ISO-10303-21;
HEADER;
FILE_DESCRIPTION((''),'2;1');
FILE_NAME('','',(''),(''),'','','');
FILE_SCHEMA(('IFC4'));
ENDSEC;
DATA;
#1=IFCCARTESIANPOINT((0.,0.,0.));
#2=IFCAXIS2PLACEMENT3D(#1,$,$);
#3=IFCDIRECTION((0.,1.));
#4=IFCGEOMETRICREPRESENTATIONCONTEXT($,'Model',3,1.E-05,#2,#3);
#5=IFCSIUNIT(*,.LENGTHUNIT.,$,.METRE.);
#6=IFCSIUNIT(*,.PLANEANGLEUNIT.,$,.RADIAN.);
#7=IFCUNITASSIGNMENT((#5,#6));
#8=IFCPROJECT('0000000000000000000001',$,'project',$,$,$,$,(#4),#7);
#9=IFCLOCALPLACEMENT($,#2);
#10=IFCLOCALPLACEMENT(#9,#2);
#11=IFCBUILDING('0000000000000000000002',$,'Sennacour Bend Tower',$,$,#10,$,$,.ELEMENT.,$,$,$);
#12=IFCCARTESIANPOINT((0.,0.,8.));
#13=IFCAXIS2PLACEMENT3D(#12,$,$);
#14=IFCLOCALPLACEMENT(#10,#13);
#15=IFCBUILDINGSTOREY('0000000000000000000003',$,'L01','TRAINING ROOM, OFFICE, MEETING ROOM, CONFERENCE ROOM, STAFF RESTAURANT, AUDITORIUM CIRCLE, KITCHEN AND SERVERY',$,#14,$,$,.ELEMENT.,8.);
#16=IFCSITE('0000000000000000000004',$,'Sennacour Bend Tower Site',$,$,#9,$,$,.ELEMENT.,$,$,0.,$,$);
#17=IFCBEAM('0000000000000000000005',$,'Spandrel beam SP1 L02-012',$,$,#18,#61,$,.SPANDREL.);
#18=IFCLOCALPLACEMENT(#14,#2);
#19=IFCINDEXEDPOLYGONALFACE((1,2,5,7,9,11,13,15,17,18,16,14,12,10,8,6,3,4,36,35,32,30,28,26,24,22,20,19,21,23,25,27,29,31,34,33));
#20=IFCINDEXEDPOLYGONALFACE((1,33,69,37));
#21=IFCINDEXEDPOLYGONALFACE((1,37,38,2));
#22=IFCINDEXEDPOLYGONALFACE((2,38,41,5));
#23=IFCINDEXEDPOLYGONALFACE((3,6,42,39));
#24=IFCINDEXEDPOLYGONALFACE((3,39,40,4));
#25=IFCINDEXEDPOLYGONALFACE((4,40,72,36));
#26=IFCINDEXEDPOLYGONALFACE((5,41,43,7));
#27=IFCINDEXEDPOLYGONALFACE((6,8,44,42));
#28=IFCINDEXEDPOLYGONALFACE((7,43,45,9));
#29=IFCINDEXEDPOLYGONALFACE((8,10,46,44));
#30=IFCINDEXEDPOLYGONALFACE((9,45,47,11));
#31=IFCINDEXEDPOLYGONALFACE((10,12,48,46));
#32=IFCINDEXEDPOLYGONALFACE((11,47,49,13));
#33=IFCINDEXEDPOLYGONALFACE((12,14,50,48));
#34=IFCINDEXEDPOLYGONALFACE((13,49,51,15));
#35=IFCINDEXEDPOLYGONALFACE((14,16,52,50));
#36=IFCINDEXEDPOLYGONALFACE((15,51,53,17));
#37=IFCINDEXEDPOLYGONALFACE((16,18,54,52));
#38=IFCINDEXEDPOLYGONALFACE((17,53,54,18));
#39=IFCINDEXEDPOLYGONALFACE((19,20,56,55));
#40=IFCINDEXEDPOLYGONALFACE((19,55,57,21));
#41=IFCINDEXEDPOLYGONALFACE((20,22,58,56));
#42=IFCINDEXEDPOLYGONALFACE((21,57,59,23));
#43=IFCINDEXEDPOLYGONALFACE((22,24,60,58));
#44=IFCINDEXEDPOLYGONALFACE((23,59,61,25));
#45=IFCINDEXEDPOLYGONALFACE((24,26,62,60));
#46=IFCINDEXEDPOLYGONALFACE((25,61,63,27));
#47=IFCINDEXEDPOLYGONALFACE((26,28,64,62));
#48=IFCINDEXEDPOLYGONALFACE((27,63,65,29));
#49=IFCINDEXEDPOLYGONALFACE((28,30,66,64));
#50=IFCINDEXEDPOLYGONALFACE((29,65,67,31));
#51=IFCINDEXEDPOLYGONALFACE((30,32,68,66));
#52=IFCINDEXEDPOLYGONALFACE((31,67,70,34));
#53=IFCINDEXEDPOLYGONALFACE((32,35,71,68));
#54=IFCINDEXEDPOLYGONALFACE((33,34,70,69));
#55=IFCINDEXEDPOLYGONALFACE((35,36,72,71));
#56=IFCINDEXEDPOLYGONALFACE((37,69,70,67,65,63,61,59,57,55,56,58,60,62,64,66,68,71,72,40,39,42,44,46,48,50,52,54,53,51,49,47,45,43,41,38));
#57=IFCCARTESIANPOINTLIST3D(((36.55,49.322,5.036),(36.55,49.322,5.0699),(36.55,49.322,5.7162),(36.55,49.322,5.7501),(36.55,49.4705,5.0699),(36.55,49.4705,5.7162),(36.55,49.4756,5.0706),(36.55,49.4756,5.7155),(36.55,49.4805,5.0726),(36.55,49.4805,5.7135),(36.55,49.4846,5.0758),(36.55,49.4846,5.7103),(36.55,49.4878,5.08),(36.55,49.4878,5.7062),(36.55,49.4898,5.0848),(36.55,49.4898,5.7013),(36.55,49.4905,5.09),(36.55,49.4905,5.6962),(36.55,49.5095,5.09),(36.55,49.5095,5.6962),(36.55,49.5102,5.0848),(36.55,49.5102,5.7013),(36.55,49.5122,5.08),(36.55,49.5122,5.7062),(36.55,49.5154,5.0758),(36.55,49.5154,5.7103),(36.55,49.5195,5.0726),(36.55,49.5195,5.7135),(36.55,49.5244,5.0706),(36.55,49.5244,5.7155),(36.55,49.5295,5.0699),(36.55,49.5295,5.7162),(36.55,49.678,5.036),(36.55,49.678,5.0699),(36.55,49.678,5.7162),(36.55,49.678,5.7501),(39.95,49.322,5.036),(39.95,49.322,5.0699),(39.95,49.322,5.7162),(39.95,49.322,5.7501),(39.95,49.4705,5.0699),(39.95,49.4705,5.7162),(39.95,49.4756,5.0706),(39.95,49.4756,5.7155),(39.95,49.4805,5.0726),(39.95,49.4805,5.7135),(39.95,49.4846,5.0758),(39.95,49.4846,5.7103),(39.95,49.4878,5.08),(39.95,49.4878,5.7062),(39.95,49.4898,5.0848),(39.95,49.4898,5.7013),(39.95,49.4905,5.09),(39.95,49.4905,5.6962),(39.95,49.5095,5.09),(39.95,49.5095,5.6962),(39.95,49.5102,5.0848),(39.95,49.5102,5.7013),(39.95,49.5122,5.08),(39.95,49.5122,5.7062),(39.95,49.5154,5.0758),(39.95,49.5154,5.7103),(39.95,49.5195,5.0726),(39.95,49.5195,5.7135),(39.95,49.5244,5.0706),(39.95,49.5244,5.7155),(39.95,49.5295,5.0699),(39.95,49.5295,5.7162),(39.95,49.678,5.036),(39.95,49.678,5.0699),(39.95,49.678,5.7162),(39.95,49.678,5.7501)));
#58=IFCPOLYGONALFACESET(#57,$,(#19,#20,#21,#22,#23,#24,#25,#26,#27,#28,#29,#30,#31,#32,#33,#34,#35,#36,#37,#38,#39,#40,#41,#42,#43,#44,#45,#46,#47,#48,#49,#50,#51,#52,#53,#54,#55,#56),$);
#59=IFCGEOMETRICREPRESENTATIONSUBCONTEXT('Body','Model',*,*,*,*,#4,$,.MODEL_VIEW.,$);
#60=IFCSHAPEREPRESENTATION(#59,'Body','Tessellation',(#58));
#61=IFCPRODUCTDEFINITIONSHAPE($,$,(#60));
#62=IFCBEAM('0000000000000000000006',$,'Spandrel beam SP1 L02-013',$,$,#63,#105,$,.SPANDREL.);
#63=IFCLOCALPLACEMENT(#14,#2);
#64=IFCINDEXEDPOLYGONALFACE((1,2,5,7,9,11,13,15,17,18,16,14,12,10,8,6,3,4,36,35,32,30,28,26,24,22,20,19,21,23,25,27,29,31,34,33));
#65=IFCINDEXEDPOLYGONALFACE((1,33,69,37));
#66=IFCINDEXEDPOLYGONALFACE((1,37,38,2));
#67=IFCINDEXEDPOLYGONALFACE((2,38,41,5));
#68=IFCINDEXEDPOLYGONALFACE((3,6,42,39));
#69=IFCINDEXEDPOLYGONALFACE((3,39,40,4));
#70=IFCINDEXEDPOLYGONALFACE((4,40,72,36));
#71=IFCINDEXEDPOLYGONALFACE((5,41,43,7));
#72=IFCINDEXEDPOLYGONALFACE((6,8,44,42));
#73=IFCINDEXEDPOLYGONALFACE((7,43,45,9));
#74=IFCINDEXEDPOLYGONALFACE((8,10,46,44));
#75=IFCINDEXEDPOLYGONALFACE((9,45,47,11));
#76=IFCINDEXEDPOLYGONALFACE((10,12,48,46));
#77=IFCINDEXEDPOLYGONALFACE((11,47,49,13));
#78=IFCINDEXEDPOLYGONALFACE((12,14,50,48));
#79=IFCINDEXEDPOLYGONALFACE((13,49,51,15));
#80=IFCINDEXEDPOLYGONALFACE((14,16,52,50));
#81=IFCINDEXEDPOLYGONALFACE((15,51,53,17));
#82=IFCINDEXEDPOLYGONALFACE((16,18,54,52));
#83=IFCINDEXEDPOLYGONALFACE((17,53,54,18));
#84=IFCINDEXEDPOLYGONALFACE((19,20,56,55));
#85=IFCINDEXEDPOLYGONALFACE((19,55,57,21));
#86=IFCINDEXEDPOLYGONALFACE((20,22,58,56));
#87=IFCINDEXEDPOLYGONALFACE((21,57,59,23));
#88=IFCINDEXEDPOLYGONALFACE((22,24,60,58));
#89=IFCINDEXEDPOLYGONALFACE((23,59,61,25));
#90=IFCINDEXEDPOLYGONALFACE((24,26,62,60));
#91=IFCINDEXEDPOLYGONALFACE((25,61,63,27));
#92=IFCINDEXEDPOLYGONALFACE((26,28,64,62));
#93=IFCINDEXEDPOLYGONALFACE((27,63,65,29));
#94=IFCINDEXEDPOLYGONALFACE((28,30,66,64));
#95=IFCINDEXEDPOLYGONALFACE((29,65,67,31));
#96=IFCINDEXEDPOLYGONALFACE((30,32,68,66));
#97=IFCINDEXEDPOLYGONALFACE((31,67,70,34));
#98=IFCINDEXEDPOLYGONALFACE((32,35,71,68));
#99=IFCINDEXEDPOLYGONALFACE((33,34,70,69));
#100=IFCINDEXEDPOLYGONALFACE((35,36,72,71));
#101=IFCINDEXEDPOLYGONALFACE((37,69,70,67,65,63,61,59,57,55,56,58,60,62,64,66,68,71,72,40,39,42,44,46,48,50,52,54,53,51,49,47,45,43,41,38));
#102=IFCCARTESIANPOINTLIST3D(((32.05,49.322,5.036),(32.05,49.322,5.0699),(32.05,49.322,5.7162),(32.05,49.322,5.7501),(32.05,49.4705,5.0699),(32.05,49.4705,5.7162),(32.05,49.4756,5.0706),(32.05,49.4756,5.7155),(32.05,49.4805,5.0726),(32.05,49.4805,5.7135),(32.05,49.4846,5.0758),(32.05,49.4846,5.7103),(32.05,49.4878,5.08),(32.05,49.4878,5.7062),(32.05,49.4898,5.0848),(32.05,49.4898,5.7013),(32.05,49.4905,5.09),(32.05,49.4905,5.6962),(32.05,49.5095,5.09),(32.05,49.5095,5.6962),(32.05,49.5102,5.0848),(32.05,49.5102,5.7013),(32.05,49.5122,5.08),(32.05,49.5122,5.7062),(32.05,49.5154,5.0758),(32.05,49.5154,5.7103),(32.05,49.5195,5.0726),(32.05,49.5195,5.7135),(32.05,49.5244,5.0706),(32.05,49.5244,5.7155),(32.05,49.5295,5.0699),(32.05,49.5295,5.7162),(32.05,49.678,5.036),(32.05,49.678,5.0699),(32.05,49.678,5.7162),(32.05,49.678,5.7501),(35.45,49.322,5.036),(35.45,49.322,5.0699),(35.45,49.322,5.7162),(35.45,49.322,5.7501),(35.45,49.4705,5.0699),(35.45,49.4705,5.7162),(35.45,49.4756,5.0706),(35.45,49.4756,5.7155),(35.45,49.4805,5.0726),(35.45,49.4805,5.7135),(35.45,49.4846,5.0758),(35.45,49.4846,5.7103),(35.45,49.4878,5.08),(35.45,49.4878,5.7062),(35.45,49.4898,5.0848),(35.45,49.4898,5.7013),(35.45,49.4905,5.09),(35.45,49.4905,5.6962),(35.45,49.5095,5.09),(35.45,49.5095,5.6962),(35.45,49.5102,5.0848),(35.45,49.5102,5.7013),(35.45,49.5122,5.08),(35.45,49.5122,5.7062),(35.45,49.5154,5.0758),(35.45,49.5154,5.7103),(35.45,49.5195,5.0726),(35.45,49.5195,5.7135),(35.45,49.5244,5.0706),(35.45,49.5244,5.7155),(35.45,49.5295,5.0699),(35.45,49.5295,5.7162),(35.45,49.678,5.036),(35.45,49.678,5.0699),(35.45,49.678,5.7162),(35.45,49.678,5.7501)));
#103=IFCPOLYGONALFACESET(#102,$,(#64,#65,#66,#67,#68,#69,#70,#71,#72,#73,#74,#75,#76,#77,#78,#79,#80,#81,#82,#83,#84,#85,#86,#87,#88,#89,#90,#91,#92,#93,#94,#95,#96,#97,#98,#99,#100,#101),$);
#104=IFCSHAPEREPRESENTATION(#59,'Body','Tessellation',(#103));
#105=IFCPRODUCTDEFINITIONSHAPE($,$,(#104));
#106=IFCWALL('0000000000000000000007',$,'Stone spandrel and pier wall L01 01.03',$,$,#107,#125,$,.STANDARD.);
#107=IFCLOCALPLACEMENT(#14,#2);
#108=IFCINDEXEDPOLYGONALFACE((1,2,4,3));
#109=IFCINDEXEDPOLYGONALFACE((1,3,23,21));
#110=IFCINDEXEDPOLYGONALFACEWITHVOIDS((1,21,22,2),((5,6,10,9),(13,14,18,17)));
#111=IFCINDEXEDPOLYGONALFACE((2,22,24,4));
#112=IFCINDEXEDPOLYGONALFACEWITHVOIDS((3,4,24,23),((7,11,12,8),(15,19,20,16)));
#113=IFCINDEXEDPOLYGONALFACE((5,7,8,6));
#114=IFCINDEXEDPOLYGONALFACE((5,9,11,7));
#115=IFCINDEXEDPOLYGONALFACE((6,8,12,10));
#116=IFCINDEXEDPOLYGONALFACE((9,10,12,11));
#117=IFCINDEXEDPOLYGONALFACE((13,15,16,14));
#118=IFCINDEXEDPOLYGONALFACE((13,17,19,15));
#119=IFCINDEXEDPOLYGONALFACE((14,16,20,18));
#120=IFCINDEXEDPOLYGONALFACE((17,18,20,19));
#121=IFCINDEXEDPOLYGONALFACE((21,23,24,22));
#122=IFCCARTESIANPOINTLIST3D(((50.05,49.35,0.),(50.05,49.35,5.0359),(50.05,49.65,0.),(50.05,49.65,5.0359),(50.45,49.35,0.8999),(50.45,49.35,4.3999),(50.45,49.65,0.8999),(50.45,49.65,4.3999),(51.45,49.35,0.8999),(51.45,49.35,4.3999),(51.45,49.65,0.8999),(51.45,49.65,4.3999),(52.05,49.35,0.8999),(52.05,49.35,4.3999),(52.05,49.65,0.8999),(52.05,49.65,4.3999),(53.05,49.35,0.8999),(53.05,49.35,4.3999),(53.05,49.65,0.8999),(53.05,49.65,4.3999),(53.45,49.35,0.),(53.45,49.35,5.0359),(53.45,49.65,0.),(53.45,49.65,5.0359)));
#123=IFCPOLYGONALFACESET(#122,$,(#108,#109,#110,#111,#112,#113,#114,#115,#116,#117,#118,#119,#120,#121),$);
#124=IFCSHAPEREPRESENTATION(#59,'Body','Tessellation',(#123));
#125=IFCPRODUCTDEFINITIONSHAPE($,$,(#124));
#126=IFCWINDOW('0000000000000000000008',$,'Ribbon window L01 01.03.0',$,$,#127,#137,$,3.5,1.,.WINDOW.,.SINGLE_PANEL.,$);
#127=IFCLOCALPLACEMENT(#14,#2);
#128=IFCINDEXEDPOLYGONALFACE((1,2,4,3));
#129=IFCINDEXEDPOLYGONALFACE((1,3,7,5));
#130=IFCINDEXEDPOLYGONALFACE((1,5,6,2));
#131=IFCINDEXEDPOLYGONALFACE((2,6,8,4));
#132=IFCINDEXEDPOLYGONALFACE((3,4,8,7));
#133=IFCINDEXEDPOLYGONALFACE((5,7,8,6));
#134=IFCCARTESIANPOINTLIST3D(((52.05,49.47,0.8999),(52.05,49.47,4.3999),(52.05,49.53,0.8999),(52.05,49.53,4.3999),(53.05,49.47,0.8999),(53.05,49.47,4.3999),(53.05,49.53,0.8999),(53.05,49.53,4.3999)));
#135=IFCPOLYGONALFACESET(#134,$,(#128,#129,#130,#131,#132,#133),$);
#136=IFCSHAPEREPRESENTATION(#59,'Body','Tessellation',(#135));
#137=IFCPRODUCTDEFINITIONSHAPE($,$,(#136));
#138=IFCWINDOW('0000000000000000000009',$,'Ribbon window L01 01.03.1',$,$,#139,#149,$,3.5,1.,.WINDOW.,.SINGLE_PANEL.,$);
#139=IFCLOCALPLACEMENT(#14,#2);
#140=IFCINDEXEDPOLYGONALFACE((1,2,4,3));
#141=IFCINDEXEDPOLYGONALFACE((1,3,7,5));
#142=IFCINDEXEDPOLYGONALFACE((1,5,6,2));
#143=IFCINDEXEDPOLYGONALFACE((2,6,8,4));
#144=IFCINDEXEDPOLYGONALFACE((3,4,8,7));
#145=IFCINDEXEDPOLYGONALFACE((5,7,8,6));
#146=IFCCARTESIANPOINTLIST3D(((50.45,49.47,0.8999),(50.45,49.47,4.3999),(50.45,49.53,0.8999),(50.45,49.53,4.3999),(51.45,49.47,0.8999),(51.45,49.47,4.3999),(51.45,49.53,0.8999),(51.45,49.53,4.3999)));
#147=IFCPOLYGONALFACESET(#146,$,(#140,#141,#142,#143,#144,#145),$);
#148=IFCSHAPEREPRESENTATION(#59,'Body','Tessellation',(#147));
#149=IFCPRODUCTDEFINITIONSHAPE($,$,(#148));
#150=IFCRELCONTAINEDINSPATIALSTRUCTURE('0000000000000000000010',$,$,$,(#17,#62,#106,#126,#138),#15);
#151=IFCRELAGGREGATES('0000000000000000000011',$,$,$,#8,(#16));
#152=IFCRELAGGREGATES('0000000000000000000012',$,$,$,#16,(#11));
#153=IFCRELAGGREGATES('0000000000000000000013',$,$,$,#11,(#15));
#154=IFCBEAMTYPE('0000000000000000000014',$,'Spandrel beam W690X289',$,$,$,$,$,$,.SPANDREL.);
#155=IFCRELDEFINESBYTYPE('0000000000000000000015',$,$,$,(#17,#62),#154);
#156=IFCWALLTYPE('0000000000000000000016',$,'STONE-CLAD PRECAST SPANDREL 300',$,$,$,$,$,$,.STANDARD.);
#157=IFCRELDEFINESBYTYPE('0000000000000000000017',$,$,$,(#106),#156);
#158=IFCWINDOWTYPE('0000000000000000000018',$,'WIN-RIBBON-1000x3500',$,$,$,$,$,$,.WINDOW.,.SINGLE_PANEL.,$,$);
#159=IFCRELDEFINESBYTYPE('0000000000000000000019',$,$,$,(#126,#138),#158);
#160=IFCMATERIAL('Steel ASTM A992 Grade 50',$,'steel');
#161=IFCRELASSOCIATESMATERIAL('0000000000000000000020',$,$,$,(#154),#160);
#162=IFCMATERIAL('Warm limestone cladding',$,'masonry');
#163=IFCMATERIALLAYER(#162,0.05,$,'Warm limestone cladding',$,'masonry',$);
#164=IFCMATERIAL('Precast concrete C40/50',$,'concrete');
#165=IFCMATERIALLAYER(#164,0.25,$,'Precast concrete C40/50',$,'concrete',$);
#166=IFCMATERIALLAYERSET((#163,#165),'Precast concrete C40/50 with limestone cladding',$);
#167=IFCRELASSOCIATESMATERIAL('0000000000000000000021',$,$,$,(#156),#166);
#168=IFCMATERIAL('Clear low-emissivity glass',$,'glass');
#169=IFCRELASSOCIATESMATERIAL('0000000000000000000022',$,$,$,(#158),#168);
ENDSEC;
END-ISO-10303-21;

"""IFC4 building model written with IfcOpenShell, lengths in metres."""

from ifc_helpers import new_model, si_unit, direction, frame, frame_2d, origin, origin_2d, place, context, subcontext, project, spatial, rectangle, i_section, extrude, material, layer, layer_set, material_profile, profile_set, type_object, element, fill, save


model = new_model("IFC4")

# Units and contexts
model_context = context("Model", 3, precision=1e-05, world=origin(), true_north=direction((0.0, 1.0)))
body_context = subcontext(model_context, "Body", "Model", "MODEL_VIEW")
ifc_project = project(units=[si_unit("LENGTHUNIT", "METRE"), si_unit("PLANEANGLEUNIT", "RADIAN")], contexts=[model_context])

# Site, building, storey
site_placement = place(None, origin())
site = spatial("IfcSite", under=ifc_project, at=site_placement, Name="Sennacour Bend Tower Site", CompositionType="ELEMENT", RefElevation=0.0)
building_placement = place(site_placement, origin())
building = spatial("IfcBuilding", under=site, at=building_placement, Name="Sennacour Bend Tower", CompositionType="ELEMENT")
storey_placement = place(building_placement, frame((0.0, 0.0, 8.0)))
storey = spatial("IfcBuildingStorey", under=building, at=storey_placement, Name="L01", Description="TRAINING ROOM, OFFICE, MEETING ROOM, CONFERENCE ROOM, STAFF RESTAURANT, AUDITORIUM CIRCLE, KITCHEN AND SERVERY", CompositionType="ELEMENT", Elevation=8.0)

# Beams
ifc_material_1 = material(Name="Steel ASTM A992 Grade 50", Category="steel")
ifc_material_profile_1 = material_profile(ifc_material_1, i_section(OverallWidth=0.356, OverallDepth=0.7141, WebThickness=0.019, FlangeThickness=0.0339, FilletRadius=0.02, at=origin_2d()), Name="Steel ASTM A992 Grade 50", Category="steel")
ifc_profile_set_1 = profile_set([ifc_material_profile_1], Name="Steel ASTM A992 Grade 50")
beam_type = type_object("IfcBeamType", Name="Spandrel beam W690X289", PredefinedType="SPANDREL", material=ifc_profile_set_1)
for number, where, z_axis, x_axis, name in (
    (1, (39.95, 49.5, 5.3931), (-1.0, 0.0, 0.0), (0.0, -1.0, 0.0), "Spandrel beam SP1 L02-012"),
    (2, (35.45, 49.5, 5.3931), (-1.0, 0.0, 0.0), (0.0, -1.0, 0.0), "Spandrel beam SP1 L02-013"),
):
    element("IfcBeam", number, at=place(storey_placement, frame(where, z_axis=z_axis, x_axis=x_axis)), inside=storey, type_object=beam_type, Name=name, PredefinedType="SPANDREL", context=body_context, shape_type="SweptSolid", body=[
        extrude(i_section(OverallWidth=0.356, OverallDepth=0.7141, WebThickness=0.019, FlangeThickness=0.0339, FilletRadius=0.02, at=origin_2d()), origin(), (0.0, 0.0, 1.0), 3.3999),
    ])

# Wall, openings, windows
ifc_material_2 = material(Name="Warm limestone cladding", Category="masonry")
ifc_layer_1 = layer(ifc_material_2, 0.05, Name="Warm limestone cladding", Category="masonry")
ifc_material_3 = material(Name="Precast concrete C40/50", Category="concrete")
ifc_layer_2 = layer(ifc_material_3, 0.25, Name="Precast concrete C40/50", Category="concrete")
ifc_layer_set = layer_set([ifc_layer_1, ifc_layer_2], Name="Precast concrete C40/50 with limestone cladding")
wall_type = type_object("IfcWallType", Name="STONE-CLAD PRECAST SPANDREL 300", PredefinedType="STANDARD", material=ifc_layer_set)
wall_1_placement = place(storey_placement, frame((53.45, 49.5, 0.0), z_axis=(0.0, 0.0, 1.0), x_axis=(-1.0, 0.0, 0.0)))
wall_1 = element("IfcWall", 3, at=wall_1_placement, inside=storey, type_object=wall_type, Name="Stone spandrel and pier wall L01 01.03", PredefinedType="STANDARD", context=body_context, shape_type="SweptSolid", body=[
    extrude(rectangle(XDim=3.3999, YDim=0.3, at=frame_2d((1.7, 0.0))), origin(), (0.0, 0.0, 1.0), 5.0359),
])
opening_1_placement = place(wall_1_placement, frame((0.3999, 0.0, 0.8999)))
opening_1 = element("IfcOpeningElement", 4, at=opening_1_placement, cuts=wall_1, PredefinedType="OPENING", context=body_context, shape_type="SweptSolid", body=[
    extrude(rectangle(XDim=1.0, YDim=3.5, at=frame_2d((0.5, 1.75))), frame((0.0, 0.1602, 0.0), z_axis=(0.0, -1.0, 0.0), x_axis=(1.0, 0.0, 0.0)), (0.0, 0.0, 1.0), 0.3201),
])
opening_2_placement = place(wall_1_placement, frame((2.0, 0.0, 0.8999)))
opening_2 = element("IfcOpeningElement", 5, at=opening_2_placement, cuts=wall_1, PredefinedType="OPENING", context=body_context, shape_type="SweptSolid", body=[
    extrude(rectangle(XDim=1.0, YDim=3.5, at=frame_2d((0.5, 1.75))), frame((0.0, 0.1602, 0.0), z_axis=(0.0, -1.0, 0.0), x_axis=(1.0, 0.0, 0.0)), (0.0, 0.0, 1.0), 0.3201),
])
ifc_material_4 = material(Name="Clear low-emissivity glass", Category="glass")
window_type = type_object("IfcWindowType", Name="WIN-RIBBON-1000x3500", PartitioningType="SINGLE_PANEL", PredefinedType="WINDOW", material=ifc_material_4)
window_1_placement = place(opening_1_placement, origin())
window_1 = element("IfcWindow", 6, at=window_1_placement, inside=storey, type_object=window_type, Name="Ribbon window L01 01.03.0", OverallHeight=3.5, OverallWidth=1.0, PartitioningType="SINGLE_PANEL", PredefinedType="WINDOW", context=body_context, shape_type="SweptSolid", body=[
    extrude(rectangle(XDim=1.0, YDim=3.5, at=frame_2d((0.5, 1.75))), frame((0.0, 0.03, 0.0), z_axis=(0.0, -1.0, 0.0), x_axis=(1.0, 0.0, 0.0)), (0.0, 0.0, 1.0), 0.0601),
])
fill(opening_1, window_1)
window_2_placement = place(opening_2_placement, origin())
window_2 = element("IfcWindow", 7, at=window_2_placement, inside=storey, type_object=window_type, Name="Ribbon window L01 01.03.1", OverallHeight=3.5, OverallWidth=1.0, PartitioningType="SINGLE_PANEL", PredefinedType="WINDOW", context=body_context, shape_type="SweptSolid", body=[
    extrude(rectangle(XDim=1.0, YDim=3.5, at=frame_2d((0.5, 1.75))), frame((0.0, 0.03, 0.0), z_axis=(0.0, -1.0, 0.0), x_axis=(1.0, 0.0, 0.0)), (0.0, 0.0, 1.0), 0.0601),
])
fill(opening_2, window_2)

save(model, "model.ifc")
